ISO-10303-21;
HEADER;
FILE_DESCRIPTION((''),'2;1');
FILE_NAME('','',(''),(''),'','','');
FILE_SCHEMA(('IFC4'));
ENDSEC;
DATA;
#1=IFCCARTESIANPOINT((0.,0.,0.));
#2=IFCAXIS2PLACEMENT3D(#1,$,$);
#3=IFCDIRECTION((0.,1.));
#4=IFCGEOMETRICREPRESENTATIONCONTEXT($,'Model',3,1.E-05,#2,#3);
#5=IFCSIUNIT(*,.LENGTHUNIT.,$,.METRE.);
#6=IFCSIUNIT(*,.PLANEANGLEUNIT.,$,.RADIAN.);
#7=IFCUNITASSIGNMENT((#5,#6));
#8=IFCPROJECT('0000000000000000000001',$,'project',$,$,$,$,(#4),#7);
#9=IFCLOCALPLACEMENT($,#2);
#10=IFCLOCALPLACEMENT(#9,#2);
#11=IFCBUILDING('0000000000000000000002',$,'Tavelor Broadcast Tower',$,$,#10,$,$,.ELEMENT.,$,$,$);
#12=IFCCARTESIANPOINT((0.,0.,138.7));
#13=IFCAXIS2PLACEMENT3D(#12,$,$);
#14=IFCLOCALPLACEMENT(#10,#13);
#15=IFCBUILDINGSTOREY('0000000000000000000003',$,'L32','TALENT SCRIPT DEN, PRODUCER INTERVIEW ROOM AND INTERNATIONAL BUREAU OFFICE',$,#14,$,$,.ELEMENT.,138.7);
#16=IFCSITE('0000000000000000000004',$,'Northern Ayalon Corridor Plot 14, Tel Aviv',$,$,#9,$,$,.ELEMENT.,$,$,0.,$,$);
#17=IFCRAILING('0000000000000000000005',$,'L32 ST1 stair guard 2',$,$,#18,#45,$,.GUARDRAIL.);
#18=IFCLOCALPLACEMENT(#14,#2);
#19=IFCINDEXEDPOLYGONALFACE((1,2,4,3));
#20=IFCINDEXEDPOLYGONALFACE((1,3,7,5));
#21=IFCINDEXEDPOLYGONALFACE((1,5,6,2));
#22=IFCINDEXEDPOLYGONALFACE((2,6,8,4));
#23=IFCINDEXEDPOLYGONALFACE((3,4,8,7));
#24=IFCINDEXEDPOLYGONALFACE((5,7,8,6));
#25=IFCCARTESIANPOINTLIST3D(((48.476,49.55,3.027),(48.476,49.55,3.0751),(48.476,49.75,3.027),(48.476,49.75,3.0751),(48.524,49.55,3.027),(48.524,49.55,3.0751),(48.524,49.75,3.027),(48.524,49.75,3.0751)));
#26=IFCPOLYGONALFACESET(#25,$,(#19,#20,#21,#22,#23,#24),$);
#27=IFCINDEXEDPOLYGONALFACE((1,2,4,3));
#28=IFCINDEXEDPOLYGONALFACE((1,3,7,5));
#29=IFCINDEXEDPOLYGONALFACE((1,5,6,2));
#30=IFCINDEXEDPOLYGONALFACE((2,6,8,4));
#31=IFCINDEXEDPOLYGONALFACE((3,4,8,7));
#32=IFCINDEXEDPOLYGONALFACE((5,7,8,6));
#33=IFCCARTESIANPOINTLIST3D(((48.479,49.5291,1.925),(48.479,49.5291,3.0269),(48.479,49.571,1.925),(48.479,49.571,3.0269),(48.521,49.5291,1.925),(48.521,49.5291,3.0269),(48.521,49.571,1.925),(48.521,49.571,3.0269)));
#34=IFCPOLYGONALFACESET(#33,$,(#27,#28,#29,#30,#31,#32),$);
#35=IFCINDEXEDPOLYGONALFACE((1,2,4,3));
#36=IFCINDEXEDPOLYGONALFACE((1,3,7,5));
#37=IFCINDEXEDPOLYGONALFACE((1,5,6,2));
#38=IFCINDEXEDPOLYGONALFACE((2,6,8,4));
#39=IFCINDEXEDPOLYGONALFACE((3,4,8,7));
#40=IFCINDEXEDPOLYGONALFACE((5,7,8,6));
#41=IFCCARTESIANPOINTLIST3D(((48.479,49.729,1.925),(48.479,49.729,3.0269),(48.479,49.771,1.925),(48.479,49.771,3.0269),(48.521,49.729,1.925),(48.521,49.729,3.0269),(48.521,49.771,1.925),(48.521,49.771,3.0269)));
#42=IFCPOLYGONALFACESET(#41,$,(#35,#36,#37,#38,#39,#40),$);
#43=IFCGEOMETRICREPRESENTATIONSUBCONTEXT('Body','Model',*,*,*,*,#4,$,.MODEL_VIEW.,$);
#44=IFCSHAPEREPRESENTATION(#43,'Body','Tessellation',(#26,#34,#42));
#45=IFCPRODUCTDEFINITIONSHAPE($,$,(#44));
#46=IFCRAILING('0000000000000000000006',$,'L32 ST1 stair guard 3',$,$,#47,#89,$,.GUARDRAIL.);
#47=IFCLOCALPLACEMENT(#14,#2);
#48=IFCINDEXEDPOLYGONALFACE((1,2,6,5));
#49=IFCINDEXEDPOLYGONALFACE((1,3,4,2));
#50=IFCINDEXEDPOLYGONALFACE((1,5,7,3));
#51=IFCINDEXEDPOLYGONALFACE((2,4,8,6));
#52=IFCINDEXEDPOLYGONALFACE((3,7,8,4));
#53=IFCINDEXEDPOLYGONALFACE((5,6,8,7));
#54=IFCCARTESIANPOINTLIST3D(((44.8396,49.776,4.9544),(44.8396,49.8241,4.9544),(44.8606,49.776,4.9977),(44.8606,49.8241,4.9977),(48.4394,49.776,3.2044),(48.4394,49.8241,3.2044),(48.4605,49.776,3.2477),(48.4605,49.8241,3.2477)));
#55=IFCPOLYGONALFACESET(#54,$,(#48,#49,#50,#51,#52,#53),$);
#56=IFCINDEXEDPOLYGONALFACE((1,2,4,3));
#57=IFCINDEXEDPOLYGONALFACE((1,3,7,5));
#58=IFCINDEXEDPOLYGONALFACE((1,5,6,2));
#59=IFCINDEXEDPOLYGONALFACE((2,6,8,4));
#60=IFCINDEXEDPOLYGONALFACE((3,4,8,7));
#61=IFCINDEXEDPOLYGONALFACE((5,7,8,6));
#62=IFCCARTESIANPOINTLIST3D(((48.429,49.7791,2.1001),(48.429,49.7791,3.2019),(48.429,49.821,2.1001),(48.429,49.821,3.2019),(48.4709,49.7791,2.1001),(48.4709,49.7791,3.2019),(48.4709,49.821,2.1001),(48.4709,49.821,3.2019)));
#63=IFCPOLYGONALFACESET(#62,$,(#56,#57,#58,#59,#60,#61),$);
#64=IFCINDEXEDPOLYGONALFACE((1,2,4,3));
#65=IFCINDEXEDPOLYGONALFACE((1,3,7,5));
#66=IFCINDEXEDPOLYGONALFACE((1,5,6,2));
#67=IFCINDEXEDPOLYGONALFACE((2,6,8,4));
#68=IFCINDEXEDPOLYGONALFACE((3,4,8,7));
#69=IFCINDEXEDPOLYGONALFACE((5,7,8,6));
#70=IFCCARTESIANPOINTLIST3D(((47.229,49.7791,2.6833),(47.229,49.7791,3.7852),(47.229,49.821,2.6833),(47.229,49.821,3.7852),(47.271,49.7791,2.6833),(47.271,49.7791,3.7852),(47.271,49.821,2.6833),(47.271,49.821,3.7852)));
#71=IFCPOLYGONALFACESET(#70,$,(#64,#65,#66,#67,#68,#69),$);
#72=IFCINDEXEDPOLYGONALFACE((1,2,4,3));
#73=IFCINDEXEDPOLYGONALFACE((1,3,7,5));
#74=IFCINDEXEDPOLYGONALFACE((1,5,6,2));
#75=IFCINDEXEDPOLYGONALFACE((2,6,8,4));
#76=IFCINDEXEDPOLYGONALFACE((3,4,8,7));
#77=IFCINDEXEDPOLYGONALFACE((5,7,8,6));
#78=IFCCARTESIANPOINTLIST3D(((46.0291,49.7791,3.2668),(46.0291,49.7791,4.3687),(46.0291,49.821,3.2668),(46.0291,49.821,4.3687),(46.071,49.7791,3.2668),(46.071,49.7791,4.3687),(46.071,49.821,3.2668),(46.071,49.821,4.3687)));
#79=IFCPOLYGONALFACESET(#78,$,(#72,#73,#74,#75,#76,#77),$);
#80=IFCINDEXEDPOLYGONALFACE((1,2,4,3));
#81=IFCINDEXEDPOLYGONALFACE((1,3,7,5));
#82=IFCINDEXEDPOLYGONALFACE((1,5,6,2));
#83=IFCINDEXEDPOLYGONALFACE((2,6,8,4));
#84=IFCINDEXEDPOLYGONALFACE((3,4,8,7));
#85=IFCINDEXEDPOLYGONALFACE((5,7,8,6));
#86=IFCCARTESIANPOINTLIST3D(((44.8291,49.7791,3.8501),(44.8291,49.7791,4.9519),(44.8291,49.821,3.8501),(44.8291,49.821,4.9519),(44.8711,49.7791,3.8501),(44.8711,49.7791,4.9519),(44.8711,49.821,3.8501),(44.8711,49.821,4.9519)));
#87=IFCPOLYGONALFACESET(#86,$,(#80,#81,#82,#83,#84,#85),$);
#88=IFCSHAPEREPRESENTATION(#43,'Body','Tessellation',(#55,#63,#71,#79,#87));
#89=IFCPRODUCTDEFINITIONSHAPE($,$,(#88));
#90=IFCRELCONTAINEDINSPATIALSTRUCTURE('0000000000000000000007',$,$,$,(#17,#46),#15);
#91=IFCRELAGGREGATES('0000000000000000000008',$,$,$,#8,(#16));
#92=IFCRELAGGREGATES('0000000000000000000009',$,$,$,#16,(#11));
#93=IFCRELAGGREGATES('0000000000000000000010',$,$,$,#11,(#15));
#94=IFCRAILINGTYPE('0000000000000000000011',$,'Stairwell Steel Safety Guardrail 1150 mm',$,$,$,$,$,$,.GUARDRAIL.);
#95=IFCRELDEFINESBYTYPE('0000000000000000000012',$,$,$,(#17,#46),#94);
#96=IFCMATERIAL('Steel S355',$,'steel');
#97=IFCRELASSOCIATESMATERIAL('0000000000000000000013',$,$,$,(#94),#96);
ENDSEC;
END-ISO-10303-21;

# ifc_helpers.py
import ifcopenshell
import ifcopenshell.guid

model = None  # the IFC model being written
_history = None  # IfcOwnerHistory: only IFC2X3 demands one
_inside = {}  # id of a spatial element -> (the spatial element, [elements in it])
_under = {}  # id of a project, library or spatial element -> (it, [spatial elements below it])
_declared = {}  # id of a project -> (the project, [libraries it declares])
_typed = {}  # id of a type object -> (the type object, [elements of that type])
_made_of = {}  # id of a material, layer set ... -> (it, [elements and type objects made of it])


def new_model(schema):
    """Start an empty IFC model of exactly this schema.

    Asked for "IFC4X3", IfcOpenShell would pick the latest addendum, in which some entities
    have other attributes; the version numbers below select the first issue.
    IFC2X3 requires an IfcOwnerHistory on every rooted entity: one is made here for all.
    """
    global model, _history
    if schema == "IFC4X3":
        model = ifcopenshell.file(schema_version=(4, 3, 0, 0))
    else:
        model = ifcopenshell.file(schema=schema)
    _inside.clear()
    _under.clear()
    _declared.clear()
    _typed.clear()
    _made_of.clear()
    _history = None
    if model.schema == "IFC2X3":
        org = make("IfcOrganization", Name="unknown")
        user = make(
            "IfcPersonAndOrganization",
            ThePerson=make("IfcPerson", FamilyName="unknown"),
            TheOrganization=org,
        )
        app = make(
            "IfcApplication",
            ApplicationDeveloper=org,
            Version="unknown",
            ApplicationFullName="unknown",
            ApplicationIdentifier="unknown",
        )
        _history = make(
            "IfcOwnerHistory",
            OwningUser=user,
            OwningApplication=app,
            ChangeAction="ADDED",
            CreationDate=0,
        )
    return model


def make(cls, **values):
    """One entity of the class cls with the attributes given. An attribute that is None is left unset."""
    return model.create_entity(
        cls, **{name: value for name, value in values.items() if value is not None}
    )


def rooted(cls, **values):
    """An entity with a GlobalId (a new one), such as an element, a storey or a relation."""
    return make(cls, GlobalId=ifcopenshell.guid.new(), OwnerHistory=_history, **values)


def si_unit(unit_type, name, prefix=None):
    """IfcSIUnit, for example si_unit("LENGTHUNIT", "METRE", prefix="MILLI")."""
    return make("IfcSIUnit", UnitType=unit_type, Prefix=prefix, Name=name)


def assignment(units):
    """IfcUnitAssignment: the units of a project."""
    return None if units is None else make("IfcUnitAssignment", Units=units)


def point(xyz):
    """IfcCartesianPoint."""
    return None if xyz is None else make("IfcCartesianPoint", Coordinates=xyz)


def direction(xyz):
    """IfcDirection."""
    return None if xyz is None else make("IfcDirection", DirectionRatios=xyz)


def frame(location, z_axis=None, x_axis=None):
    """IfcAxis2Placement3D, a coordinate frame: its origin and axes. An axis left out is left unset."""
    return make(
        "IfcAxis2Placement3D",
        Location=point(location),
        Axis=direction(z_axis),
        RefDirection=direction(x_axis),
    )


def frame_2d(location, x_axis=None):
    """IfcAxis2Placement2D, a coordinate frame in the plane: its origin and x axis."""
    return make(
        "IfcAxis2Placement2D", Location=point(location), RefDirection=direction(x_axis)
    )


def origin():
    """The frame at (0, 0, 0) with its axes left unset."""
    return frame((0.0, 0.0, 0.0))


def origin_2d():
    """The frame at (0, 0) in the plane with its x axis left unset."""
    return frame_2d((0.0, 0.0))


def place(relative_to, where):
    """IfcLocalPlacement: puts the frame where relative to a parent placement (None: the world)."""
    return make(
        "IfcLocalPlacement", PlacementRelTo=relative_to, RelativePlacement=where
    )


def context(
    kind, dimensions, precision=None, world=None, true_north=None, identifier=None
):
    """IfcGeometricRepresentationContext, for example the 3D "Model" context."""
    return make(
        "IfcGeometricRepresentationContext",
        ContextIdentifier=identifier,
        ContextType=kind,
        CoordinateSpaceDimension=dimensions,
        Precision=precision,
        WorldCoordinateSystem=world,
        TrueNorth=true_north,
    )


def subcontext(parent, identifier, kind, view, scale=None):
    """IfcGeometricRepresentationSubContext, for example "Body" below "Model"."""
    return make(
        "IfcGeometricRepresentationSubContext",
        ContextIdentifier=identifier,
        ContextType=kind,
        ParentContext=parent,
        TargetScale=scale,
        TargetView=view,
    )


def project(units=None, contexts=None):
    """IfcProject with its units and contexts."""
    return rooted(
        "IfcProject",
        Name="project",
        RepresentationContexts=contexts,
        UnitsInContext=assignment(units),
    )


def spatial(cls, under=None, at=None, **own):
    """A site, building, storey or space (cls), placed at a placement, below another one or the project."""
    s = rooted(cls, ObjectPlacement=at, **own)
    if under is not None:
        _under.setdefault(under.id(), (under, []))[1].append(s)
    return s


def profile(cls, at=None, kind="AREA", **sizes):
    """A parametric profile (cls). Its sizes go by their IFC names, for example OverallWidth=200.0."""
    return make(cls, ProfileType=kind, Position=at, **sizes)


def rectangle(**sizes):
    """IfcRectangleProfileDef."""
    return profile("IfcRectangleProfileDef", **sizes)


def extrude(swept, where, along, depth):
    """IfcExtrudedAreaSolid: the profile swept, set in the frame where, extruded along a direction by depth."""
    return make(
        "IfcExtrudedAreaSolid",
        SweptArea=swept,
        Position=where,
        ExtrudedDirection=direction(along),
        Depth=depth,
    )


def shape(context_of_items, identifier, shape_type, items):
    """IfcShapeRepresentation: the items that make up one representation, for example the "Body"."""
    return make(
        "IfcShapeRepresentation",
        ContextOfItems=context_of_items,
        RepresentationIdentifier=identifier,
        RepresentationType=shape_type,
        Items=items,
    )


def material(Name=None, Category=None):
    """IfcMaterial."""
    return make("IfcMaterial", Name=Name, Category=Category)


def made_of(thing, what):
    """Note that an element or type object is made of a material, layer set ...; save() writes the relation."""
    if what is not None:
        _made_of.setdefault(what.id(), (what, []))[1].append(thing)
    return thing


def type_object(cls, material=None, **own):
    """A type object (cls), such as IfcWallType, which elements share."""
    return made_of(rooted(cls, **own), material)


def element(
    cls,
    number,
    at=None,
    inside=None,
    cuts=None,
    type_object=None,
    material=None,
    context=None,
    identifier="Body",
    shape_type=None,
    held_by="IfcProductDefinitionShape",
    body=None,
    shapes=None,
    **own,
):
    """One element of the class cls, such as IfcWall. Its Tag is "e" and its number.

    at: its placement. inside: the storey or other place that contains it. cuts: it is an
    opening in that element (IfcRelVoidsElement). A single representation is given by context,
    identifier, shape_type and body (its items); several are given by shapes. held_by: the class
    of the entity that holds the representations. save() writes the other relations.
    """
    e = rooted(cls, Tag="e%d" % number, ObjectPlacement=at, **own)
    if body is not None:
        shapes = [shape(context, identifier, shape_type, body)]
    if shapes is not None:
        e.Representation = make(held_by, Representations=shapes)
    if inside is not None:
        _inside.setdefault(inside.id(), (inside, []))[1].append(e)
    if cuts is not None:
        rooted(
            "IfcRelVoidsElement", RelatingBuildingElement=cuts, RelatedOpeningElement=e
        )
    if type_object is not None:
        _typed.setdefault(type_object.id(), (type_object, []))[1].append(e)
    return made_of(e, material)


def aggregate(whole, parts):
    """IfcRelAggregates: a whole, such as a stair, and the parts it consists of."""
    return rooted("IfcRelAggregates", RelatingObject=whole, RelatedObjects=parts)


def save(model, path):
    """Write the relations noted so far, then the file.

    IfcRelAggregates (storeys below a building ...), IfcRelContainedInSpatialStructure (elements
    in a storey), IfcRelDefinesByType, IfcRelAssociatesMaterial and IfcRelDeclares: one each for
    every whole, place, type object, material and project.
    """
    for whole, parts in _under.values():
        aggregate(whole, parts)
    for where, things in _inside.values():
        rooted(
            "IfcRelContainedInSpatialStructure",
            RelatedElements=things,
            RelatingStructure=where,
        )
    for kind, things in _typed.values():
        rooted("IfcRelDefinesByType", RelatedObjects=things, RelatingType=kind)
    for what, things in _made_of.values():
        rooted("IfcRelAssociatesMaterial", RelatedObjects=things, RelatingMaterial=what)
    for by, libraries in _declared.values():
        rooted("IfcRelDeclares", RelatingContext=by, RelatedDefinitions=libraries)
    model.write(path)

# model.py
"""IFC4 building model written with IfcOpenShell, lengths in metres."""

from ifc_helpers import new_model, si_unit, direction, frame, origin, origin_2d, place, context, subcontext, project, spatial, rectangle, extrude, material, type_object, element, save


model = new_model("IFC4")

# Units and contexts
model_context = context("Model", 3, precision=1e-05, world=origin(), true_north=direction((0.0, 1.0)))
body_context = subcontext(model_context, "Body", "Model", "MODEL_VIEW")
ifc_project = project(units=[si_unit("LENGTHUNIT", "METRE"), si_unit("PLANEANGLEUNIT", "RADIAN")], contexts=[model_context])

# Site, building, storey
site_placement = place(None, origin())
site = spatial("IfcSite", under=ifc_project, at=site_placement, Name="Northern Ayalon Corridor Plot 14, Tel Aviv", CompositionType="ELEMENT", RefElevation=0.0)
building_placement = place(site_placement, origin())
building = spatial("IfcBuilding", under=site, at=building_placement, Name="Tavelor Broadcast Tower", CompositionType="ELEMENT")
storey_placement = place(building_placement, frame((0.0, 0.0, 138.7)))
storey = spatial("IfcBuildingStorey", under=building, at=storey_placement, Name="L32", Description="TALENT SCRIPT DEN, PRODUCER INTERVIEW ROOM AND INTERNATIONAL BUREAU OFFICE", CompositionType="ELEMENT", Elevation=138.7)

# Shared definitions
ifc_material_1 = material(Name="Steel S355", Category="steel")

# Railings
railing_type_1 = type_object("IfcRailingType", Name="Stairwell Steel Safety Guardrail 1150 mm", PredefinedType="GUARDRAIL", material=ifc_material_1)
railing_1_placement = place(storey_placement, frame((48.5, 49.55, 1.925)))
element("IfcRailing", 1, at=railing_1_placement, inside=storey, type_object=railing_type_1, Name="L32 ST1 stair guard 2", PredefinedType="GUARDRAIL", context=body_context, shape_type="SweptSolid", body=[
    extrude(rectangle(XDim=0.0481, YDim=0.0481, at=origin_2d()), frame((0.0, 0.0, 1.126), z_axis=(0.0, 1.0, 0.0), x_axis=(-1.0, 0.0, 0.0)), (0.0, 0.0, 1.0), 0.2),
    extrude(rectangle(XDim=0.042, YDim=0.042, at=origin_2d()), origin(), (0.0, 0.0, 1.0), 1.1018),
    extrude(rectangle(XDim=0.042, YDim=0.042, at=origin_2d()), frame((0.0, 0.2, 0.0)), (0.0, 0.0, 1.0), 1.1018),
])
railing_2_placement = place(storey_placement, frame((48.45, 49.8, 2.1001)))
element("IfcRailing", 2, at=railing_2_placement, inside=storey, type_object=railing_type_1, Name="L32 ST1 stair guard 3", PredefinedType="GUARDRAIL", context=body_context, shape_type="SweptSolid", body=[
    extrude(rectangle(XDim=0.0481, YDim=0.0481, at=origin_2d()), frame((0.0, 0.0, 1.126), z_axis=(-0.899361, 0.0, 0.437207), x_axis=(0.0, -1.0, 0.0)), (0.0, 0.0, 1.0), 4.0027),
    extrude(rectangle(XDim=0.042, YDim=0.042, at=origin_2d()), origin(), (0.0, 0.0, 1.0), 1.1018),
    extrude(rectangle(XDim=0.042, YDim=0.042, at=origin_2d()), frame((-1.2, 0.0, 0.5833)), (0.0, 0.0, 1.0), 1.1018),
    extrude(rectangle(XDim=0.042, YDim=0.042, at=origin_2d()), frame((-2.3999, 0.0, 1.1667)), (0.0, 0.0, 1.0), 1.1018),
    extrude(rectangle(XDim=0.042, YDim=0.042, at=origin_2d()), frame((-3.5999, 0.0, 1.75)), (0.0, 0.0, 1.0), 1.1018),
])

save(model, "model.ifc")
